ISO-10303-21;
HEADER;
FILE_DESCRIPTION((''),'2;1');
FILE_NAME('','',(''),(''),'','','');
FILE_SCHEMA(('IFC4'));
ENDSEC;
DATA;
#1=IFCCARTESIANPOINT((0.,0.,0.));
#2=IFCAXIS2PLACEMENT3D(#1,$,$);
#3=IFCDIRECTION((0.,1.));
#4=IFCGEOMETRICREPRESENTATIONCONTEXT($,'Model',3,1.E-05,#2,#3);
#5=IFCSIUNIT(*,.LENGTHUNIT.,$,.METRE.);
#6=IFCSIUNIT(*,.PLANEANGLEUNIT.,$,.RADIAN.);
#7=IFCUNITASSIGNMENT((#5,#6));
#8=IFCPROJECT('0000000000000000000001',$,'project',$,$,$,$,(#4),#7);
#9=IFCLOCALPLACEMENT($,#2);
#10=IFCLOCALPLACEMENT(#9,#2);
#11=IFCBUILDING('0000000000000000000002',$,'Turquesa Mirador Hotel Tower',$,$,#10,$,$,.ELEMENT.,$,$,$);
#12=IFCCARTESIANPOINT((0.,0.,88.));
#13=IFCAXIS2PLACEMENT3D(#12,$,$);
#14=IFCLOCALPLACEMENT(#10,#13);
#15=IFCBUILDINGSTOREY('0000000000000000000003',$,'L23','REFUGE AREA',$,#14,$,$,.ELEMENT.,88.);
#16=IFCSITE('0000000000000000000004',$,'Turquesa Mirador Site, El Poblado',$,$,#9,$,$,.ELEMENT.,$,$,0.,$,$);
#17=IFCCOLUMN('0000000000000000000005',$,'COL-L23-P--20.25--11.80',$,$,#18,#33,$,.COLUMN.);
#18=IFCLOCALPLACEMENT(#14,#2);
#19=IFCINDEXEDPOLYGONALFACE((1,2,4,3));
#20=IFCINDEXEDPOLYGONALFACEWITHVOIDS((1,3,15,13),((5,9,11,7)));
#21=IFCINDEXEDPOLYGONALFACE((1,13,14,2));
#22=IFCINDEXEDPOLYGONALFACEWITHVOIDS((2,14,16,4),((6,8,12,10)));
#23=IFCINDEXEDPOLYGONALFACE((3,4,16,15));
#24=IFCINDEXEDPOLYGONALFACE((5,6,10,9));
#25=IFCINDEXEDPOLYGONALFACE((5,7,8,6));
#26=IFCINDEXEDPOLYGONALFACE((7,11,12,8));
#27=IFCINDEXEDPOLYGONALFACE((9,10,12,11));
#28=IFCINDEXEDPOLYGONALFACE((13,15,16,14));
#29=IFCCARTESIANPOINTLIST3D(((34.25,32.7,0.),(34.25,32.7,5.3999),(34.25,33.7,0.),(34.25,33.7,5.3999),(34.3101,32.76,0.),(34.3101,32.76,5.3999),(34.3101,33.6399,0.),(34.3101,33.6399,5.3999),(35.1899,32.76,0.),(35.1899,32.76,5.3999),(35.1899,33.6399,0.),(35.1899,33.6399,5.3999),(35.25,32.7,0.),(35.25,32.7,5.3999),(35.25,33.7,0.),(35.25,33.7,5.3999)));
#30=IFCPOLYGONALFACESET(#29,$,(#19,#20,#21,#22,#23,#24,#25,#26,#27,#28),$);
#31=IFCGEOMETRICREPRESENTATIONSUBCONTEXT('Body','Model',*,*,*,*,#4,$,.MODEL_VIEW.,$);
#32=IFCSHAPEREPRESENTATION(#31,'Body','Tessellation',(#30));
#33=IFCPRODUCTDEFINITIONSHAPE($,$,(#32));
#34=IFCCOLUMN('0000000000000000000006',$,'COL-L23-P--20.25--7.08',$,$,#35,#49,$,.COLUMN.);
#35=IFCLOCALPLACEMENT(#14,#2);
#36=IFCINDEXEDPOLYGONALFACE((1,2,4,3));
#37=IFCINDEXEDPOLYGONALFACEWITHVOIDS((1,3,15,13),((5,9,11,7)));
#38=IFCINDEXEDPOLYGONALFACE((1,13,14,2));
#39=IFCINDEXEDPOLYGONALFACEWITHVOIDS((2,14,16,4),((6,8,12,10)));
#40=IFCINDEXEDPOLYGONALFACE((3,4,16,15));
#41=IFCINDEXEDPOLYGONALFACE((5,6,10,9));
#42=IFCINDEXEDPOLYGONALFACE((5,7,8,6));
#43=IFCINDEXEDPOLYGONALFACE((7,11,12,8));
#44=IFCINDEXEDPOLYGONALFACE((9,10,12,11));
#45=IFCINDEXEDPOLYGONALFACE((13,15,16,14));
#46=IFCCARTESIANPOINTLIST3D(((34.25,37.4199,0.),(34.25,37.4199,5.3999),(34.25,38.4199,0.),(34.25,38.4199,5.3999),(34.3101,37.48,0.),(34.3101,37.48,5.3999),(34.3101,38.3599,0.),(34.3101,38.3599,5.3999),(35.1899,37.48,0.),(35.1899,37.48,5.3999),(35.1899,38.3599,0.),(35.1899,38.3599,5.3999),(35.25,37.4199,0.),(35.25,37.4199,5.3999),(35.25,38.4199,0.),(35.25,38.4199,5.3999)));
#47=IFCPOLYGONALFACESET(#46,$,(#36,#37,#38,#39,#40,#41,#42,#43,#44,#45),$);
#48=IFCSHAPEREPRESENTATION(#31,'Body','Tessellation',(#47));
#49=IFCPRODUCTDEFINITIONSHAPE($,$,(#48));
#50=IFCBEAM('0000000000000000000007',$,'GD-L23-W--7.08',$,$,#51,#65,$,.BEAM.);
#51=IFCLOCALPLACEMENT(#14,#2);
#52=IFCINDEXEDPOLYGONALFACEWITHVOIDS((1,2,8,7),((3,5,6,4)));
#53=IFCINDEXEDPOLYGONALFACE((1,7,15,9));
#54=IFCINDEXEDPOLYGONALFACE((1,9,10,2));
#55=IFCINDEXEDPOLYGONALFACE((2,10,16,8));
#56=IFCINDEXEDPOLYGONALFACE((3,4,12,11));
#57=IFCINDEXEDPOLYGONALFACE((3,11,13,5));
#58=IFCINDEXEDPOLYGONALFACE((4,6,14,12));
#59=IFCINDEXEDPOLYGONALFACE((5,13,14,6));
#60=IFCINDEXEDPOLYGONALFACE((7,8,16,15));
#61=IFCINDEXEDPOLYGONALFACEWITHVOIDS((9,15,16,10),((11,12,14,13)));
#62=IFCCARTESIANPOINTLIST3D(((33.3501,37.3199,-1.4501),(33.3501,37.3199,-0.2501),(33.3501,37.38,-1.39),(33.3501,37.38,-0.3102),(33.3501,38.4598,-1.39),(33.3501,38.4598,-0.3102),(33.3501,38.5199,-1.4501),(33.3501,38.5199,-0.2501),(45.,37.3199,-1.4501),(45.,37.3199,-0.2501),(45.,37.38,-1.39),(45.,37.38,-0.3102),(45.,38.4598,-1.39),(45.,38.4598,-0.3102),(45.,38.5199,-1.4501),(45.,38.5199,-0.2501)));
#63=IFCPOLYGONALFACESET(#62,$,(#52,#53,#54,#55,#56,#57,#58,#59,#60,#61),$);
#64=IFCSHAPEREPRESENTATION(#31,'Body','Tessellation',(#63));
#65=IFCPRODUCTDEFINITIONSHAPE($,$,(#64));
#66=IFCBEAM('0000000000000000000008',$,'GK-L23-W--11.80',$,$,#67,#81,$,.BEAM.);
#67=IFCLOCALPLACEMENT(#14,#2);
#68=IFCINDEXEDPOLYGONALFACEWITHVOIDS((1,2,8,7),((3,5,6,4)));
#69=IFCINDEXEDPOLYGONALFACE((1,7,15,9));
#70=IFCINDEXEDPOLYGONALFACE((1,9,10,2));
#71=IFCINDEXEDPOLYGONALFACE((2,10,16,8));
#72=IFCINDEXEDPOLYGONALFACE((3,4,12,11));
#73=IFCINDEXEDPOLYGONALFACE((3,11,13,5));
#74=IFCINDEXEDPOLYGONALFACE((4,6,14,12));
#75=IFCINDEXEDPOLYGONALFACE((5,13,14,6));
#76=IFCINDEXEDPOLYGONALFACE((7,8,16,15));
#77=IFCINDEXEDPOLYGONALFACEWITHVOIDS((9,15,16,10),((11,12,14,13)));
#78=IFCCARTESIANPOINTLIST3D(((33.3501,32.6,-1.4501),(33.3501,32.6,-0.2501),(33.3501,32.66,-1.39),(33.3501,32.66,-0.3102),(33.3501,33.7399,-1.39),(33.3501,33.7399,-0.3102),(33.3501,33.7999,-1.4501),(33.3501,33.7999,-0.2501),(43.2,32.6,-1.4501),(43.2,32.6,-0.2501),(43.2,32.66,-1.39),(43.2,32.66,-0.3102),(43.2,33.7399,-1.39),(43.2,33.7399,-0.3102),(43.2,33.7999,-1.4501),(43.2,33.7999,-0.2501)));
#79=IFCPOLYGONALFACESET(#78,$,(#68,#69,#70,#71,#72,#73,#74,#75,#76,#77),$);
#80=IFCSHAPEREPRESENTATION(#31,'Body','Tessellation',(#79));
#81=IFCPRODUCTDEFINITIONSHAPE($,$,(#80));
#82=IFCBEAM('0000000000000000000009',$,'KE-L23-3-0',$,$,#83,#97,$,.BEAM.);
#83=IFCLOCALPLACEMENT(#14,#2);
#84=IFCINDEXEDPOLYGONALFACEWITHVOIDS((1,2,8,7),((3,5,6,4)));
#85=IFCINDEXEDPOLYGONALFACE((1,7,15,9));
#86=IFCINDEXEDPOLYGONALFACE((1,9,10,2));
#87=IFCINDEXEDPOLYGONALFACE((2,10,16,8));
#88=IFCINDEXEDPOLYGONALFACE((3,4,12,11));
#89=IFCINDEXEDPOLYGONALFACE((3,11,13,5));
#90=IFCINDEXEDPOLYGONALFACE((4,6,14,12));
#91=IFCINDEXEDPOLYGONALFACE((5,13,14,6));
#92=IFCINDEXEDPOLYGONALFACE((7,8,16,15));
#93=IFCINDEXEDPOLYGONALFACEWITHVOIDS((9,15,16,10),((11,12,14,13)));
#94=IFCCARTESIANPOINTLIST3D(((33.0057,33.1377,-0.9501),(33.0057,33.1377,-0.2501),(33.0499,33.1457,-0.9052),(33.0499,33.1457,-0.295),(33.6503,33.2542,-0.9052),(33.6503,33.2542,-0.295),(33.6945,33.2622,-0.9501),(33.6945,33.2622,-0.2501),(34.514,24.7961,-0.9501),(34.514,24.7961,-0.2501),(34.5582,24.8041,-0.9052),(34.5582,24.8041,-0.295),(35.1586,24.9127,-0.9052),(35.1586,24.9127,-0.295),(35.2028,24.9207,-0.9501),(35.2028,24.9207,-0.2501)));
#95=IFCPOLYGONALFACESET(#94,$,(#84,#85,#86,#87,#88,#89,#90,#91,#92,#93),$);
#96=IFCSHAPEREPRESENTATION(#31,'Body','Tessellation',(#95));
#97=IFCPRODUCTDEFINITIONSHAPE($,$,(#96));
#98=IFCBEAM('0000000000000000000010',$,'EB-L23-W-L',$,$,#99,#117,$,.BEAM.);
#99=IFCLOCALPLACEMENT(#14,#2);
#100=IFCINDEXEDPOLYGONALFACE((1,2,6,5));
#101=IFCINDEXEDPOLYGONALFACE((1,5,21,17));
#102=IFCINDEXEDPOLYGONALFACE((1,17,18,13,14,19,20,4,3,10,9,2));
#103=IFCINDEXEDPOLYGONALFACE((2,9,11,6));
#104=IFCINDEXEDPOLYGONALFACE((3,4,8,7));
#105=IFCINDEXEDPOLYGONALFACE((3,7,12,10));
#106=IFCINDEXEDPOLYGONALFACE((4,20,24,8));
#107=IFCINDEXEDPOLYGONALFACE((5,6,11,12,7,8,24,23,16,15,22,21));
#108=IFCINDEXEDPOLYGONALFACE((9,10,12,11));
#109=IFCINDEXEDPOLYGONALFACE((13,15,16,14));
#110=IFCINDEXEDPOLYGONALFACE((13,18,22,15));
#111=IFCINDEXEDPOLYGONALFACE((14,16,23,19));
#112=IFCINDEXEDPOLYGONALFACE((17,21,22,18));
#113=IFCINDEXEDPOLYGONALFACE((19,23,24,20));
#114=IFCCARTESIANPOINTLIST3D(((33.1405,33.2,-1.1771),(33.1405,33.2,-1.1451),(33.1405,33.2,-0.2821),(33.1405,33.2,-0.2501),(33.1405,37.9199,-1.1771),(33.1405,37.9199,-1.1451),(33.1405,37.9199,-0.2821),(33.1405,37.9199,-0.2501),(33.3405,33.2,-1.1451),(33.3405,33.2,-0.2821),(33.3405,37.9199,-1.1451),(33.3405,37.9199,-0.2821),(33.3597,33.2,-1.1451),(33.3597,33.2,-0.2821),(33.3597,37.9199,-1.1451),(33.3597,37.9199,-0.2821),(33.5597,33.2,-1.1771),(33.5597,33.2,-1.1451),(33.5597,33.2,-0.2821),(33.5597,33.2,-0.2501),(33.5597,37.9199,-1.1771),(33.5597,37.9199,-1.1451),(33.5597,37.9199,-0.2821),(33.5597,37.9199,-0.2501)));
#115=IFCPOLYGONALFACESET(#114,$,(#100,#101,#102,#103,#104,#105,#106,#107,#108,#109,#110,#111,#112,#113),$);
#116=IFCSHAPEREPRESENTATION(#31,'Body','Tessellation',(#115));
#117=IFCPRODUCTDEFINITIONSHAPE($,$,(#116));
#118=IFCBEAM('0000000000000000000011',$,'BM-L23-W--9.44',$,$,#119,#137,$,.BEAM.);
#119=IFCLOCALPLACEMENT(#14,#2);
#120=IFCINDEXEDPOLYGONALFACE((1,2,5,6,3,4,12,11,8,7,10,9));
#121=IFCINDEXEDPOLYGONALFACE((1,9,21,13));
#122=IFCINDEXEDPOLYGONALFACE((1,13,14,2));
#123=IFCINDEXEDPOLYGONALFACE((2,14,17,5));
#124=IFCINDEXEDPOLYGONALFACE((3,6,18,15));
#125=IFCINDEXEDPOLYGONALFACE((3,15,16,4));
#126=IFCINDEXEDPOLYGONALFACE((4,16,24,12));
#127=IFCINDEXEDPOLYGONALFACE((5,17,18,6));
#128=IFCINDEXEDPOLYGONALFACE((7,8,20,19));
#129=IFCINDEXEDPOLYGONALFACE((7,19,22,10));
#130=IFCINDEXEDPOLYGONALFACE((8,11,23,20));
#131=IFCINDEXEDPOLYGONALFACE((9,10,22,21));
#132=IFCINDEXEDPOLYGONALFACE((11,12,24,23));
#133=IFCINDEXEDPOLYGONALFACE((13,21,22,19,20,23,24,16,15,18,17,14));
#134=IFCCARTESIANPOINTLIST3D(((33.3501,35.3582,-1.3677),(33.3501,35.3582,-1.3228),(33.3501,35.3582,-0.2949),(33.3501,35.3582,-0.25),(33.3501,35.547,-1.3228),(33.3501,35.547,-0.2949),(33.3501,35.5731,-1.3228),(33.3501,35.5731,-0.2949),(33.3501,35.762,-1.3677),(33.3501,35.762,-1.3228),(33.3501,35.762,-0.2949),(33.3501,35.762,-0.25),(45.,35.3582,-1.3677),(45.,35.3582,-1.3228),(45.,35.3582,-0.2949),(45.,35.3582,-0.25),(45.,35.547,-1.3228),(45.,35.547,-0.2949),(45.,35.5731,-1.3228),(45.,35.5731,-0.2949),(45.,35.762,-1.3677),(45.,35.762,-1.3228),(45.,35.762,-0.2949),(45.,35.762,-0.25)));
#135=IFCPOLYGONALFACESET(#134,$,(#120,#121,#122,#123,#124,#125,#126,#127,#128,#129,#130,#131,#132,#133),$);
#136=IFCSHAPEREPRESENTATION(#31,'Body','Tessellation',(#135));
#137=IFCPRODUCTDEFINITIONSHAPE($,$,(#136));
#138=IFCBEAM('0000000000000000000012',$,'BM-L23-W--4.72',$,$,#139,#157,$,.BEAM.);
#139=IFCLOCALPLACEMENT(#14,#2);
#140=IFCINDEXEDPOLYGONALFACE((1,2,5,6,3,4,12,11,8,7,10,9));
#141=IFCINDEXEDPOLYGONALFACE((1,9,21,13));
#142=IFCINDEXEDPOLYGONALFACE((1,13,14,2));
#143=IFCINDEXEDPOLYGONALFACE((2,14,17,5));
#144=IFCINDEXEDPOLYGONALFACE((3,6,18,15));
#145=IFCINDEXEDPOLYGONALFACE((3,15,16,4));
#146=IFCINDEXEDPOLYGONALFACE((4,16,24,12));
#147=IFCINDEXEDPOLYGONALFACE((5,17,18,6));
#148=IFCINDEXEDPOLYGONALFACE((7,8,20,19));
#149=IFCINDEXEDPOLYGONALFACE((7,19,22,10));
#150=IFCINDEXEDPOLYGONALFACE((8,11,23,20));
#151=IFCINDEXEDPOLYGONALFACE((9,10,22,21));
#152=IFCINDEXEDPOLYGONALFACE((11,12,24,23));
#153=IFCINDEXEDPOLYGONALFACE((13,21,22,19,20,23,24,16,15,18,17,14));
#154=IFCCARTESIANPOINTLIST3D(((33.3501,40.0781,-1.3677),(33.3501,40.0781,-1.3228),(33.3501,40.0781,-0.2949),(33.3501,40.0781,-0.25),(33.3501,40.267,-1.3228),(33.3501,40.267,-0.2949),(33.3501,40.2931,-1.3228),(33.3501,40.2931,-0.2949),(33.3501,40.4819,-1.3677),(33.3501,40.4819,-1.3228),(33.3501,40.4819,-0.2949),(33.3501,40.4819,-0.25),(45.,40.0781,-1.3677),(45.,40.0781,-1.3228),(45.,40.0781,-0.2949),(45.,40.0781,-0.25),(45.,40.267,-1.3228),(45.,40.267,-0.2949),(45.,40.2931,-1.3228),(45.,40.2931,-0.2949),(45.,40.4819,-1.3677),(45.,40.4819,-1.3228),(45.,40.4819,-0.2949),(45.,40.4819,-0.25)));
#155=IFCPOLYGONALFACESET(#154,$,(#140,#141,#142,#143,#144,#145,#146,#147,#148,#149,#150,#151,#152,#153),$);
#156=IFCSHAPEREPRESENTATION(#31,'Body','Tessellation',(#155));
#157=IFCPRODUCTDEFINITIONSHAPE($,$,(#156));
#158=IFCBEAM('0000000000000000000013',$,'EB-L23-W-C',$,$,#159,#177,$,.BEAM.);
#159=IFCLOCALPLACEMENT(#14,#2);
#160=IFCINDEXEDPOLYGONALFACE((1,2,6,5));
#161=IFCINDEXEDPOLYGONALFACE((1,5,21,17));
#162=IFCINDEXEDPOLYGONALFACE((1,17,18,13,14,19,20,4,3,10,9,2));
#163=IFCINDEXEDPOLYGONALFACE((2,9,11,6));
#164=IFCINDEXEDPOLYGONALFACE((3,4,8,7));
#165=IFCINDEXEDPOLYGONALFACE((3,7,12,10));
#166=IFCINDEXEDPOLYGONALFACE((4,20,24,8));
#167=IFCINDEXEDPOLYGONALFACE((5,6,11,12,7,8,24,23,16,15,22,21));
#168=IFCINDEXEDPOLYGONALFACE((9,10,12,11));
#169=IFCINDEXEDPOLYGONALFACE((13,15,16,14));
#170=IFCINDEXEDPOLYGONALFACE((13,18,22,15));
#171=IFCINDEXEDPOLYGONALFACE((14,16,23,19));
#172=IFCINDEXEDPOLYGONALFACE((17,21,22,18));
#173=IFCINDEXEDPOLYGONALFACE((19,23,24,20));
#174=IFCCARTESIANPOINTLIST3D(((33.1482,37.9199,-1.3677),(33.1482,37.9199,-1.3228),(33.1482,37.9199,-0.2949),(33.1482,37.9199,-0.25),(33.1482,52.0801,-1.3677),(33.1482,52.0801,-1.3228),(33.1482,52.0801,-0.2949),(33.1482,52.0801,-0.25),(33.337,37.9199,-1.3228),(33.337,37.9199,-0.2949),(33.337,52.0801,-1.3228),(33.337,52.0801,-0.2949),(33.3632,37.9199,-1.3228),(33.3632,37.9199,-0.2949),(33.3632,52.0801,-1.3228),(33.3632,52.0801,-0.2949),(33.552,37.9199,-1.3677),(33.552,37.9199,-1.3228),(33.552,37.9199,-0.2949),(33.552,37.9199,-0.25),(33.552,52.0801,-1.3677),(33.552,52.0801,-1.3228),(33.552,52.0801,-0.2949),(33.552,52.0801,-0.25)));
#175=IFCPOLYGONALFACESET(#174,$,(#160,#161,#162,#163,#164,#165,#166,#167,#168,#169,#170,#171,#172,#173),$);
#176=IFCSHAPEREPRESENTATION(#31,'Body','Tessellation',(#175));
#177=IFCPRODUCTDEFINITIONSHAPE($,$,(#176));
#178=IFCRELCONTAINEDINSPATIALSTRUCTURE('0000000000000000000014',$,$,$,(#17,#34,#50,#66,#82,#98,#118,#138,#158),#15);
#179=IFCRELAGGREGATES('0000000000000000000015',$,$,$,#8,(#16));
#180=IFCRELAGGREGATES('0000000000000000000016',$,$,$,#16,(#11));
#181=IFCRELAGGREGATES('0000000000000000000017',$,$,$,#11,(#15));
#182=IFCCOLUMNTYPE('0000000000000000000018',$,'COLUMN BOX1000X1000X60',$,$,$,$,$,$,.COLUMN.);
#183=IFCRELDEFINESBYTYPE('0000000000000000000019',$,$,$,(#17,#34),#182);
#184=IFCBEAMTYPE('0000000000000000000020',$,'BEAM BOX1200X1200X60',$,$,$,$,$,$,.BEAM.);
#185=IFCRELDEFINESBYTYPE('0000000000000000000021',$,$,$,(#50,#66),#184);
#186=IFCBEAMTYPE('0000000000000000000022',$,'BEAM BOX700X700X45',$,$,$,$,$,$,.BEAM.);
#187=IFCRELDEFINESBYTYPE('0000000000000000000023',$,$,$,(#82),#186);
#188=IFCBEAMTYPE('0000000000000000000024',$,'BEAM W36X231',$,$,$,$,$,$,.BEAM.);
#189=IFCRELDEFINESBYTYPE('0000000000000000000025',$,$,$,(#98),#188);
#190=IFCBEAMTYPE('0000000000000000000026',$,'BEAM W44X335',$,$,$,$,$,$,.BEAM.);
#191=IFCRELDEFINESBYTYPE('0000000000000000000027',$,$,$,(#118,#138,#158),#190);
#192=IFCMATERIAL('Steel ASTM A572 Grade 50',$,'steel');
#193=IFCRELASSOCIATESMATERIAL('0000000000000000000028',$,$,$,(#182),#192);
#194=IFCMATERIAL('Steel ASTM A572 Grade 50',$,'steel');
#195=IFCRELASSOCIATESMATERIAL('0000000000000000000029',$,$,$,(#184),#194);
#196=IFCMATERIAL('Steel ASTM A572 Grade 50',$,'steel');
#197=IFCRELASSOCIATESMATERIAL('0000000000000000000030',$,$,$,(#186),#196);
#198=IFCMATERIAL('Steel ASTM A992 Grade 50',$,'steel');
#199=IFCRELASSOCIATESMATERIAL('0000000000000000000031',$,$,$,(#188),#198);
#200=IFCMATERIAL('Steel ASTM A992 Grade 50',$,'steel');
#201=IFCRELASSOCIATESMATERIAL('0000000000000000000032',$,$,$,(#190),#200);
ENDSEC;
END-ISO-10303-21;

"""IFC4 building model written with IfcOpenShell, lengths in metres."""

from ifc_helpers import new_model, si_unit, direction, frame, origin, origin_2d, place, context, subcontext, project, spatial, hollow_rectangle, i_section, extrude, material, material_profile, profile_set, type_object, element, save


model = new_model("IFC4")

# Units and contexts
model_context = context("Model", 3, precision=1e-05, world=origin(), true_north=direction((0.0, 1.0)))
body_context = subcontext(model_context, "Body", "Model", "MODEL_VIEW")
ifc_project = project(units=[si_unit("LENGTHUNIT", "METRE"), si_unit("PLANEANGLEUNIT", "RADIAN")], contexts=[model_context])

# Site, building, storey
site_placement = place(None, origin())
site = spatial("IfcSite", under=ifc_project, at=site_placement, Name="Turquesa Mirador Site, El Poblado", CompositionType="ELEMENT", RefElevation=0.0)
building_placement = place(site_placement, origin())
building = spatial("IfcBuilding", under=site, at=building_placement, Name="Turquesa Mirador Hotel Tower", CompositionType="ELEMENT")
storey_placement = place(building_placement, frame((0.0, 0.0, 88.0)))
storey = spatial("IfcBuildingStorey", under=building, at=storey_placement, Name="L23", Description="REFUGE AREA", CompositionType="ELEMENT", Elevation=88.0)

# Columns
ifc_material_1 = material(Name="Steel ASTM A572 Grade 50", Category="steel")
ifc_material_profile_1 = material_profile(ifc_material_1, hollow_rectangle(XDim=1.0, YDim=1.0, WallThickness=0.0601, at=origin_2d()), Name="BOX1000X1000X60")
ifc_profile_set_1 = profile_set([ifc_material_profile_1], Name="Steel ASTM A572 Grade 50")
column_type = type_object("IfcColumnType", Name="COLUMN BOX1000X1000X60", PredefinedType="COLUMN", material=ifc_profile_set_1)
for number, where, z_axis, x_axis, name in (
    (1, (34.75, 33.2, 0.0), (0.0, 0.0, 1.0), (1.0, 0.0, 0.0), "COL-L23-P--20.25--11.80"),
    (2, (34.75, 37.9199, 0.0), (0.0, 0.0, 1.0), (1.0, 0.0, 0.0), "COL-L23-P--20.25--7.08"),
):
    element("IfcColumn", number, at=place(storey_placement, frame(where, z_axis=z_axis, x_axis=x_axis)), inside=storey, type_object=column_type, Name=name, PredefinedType="COLUMN", context=body_context, shape_type="SweptSolid", body=[
        extrude(hollow_rectangle(XDim=1.0, YDim=1.0, WallThickness=0.0601, at=origin_2d()), origin(), (0.0, 0.0, 1.0), 5.3999),
    ])

# Beams
ifc_material_2 = material(Name="Steel ASTM A572 Grade 50", Category="steel")
ifc_material_profile_2 = material_profile(ifc_material_2, hollow_rectangle(XDim=1.2, YDim=1.2, WallThickness=0.0601, at=origin_2d()), Name="BOX1200X1200X60")
ifc_profile_set_2 = profile_set([ifc_material_profile_2], Name="Steel ASTM A572 Grade 50")
beam_type_1 = type_object("IfcBeamType", Name="BEAM BOX1200X1200X60", PredefinedType="BEAM", material=ifc_profile_set_2)
beam_1_placement = place(storey_placement, frame((33.3501, 37.9199, -0.8501), z_axis=(1.0, 0.0, 0.0), x_axis=(0.0, 1.0, 0.0)))
element("IfcBeam", 3, at=beam_1_placement, inside=storey, type_object=beam_type_1, Name="GD-L23-W--7.08", PredefinedType="BEAM", context=body_context, shape_type="SweptSolid", body=[
    extrude(hollow_rectangle(XDim=1.2, YDim=1.2, WallThickness=0.0601, at=origin_2d()), origin(), (0.0, 0.0, 1.0), 11.6499),
])
beam_2_placement = place(storey_placement, frame((33.3501, 33.2, -0.8501), z_axis=(1.0, 0.0, 0.0), x_axis=(0.0, 1.0, 0.0)))
element("IfcBeam", 4, at=beam_2_placement, inside=storey, type_object=beam_type_1, Name="GK-L23-W--11.80", PredefinedType="BEAM", context=body_context, shape_type="SweptSolid", body=[
    extrude(hollow_rectangle(XDim=1.2, YDim=1.2, WallThickness=0.0601, at=origin_2d()), origin(), (0.0, 0.0, 1.0), 9.8499),
])
ifc_material_3 = material(Name="Steel ASTM A572 Grade 50", Category="steel")
ifc_material_profile_3 = material_profile(ifc_material_3, hollow_rectangle(XDim=0.7, YDim=0.7, WallThickness=0.0449, at=origin_2d()), Name="BOX700X700X45")
ifc_profile_set_3 = profile_set([ifc_material_profile_3], Name="Steel ASTM A572 Grade 50")
beam_type_2 = type_object("IfcBeamType", Name="BEAM BOX700X700X45", PredefinedType="BEAM", material=ifc_profile_set_3)
beam_3_placement = place(storey_placement, frame((33.3501, 33.2, -0.6001), z_axis=(0.177932, -0.984043, 0.0), x_axis=(0.984043, 0.177932, 0.0)))
element("IfcBeam", 5, at=beam_3_placement, inside=storey, type_object=beam_type_2, Name="KE-L23-3-0", PredefinedType="BEAM", context=body_context, shape_type="SweptSolid", body=[
    extrude(hollow_rectangle(XDim=0.7, YDim=0.7, WallThickness=0.0449, at=origin_2d()), origin(), (0.0, 0.0, 1.0), 8.4768),
])
ifc_material_4 = material(Name="Steel ASTM A992 Grade 50", Category="steel")
ifc_material_profile_4 = material_profile(ifc_material_4, i_section(OverallWidth=0.4192, OverallDepth=0.927, WebThickness=0.0193, FlangeThickness=0.032, at=origin_2d()), Name="W36X231")
ifc_profile_set_4 = profile_set([ifc_material_profile_4], Name="Steel ASTM A992 Grade 50")
beam_type_3 = type_object("IfcBeamType", Name="BEAM W36X231", PredefinedType="BEAM", material=ifc_profile_set_4)
beam_4_placement = place(storey_placement, frame((33.3501, 33.2, -0.7136), z_axis=(0.0, 1.0, 0.0), x_axis=(-1.0, 0.0, 0.0)))
element("IfcBeam", 6, at=beam_4_placement, inside=storey, type_object=beam_type_3, Name="EB-L23-W-L", PredefinedType="BEAM", context=body_context, shape_type="SweptSolid", body=[
    extrude(i_section(OverallWidth=0.4192, OverallDepth=0.927, WebThickness=0.0193, FlangeThickness=0.032, at=origin_2d()), origin(), (0.0, 0.0, 1.0), 4.72),
])
ifc_material_5 = material(Name="Steel ASTM A992 Grade 50", Category="steel")
ifc_material_profile_5 = material_profile(ifc_material_5, i_section(OverallWidth=0.4038, OverallDepth=1.1177, WebThickness=0.0261, FlangeThickness=0.0449, at=origin_2d()), Name="W44X335")
ifc_profile_set_5 = profile_set([ifc_material_profile_5], Name="Steel ASTM A992 Grade 50")
beam_type_4 = type_object("IfcBeamType", Name="BEAM W44X335", PredefinedType="BEAM", material=ifc_profile_set_5)
for number, where, z_axis, x_axis, name in (
    (7, (33.3501, 35.5601, -0.8088), (1.0, 0.0, 0.0), (0.0, 1.0, 0.0), "BM-L23-W--9.44"),
    (8, (33.3501, 40.28, -0.8088), (1.0, 0.0, 0.0), (0.0, 1.0, 0.0), "BM-L23-W--4.72"),
):
    element("IfcBeam", number, at=place(storey_placement, frame(where, z_axis=z_axis, x_axis=x_axis)), inside=storey, type_object=beam_type_4, Name=name, PredefinedType="BEAM", context=body_context, shape_type="SweptSolid", body=[
        extrude(i_section(OverallWidth=0.4038, OverallDepth=1.1177, WebThickness=0.0261, FlangeThickness=0.0449, at=origin_2d()), origin(), (0.0, 0.0, 1.0), 11.6499),
    ])
beam_5_placement = place(storey_placement, frame((33.3501, 37.9199, -0.8088), z_axis=(0.0, 1.0, 0.0), x_axis=(-1.0, 0.0, 0.0)))
element("IfcBeam", 9, at=beam_5_placement, inside=storey, type_object=beam_type_4, Name="EB-L23-W-C", PredefinedType="BEAM", context=body_context, shape_type="SweptSolid", body=[
    extrude(i_section(OverallWidth=0.4038, OverallDepth=1.1177, WebThickness=0.0261, FlangeThickness=0.0449, at=origin_2d()), origin(), (0.0, 0.0, 1.0), 14.1602),
])

save(model, "model.ifc")
